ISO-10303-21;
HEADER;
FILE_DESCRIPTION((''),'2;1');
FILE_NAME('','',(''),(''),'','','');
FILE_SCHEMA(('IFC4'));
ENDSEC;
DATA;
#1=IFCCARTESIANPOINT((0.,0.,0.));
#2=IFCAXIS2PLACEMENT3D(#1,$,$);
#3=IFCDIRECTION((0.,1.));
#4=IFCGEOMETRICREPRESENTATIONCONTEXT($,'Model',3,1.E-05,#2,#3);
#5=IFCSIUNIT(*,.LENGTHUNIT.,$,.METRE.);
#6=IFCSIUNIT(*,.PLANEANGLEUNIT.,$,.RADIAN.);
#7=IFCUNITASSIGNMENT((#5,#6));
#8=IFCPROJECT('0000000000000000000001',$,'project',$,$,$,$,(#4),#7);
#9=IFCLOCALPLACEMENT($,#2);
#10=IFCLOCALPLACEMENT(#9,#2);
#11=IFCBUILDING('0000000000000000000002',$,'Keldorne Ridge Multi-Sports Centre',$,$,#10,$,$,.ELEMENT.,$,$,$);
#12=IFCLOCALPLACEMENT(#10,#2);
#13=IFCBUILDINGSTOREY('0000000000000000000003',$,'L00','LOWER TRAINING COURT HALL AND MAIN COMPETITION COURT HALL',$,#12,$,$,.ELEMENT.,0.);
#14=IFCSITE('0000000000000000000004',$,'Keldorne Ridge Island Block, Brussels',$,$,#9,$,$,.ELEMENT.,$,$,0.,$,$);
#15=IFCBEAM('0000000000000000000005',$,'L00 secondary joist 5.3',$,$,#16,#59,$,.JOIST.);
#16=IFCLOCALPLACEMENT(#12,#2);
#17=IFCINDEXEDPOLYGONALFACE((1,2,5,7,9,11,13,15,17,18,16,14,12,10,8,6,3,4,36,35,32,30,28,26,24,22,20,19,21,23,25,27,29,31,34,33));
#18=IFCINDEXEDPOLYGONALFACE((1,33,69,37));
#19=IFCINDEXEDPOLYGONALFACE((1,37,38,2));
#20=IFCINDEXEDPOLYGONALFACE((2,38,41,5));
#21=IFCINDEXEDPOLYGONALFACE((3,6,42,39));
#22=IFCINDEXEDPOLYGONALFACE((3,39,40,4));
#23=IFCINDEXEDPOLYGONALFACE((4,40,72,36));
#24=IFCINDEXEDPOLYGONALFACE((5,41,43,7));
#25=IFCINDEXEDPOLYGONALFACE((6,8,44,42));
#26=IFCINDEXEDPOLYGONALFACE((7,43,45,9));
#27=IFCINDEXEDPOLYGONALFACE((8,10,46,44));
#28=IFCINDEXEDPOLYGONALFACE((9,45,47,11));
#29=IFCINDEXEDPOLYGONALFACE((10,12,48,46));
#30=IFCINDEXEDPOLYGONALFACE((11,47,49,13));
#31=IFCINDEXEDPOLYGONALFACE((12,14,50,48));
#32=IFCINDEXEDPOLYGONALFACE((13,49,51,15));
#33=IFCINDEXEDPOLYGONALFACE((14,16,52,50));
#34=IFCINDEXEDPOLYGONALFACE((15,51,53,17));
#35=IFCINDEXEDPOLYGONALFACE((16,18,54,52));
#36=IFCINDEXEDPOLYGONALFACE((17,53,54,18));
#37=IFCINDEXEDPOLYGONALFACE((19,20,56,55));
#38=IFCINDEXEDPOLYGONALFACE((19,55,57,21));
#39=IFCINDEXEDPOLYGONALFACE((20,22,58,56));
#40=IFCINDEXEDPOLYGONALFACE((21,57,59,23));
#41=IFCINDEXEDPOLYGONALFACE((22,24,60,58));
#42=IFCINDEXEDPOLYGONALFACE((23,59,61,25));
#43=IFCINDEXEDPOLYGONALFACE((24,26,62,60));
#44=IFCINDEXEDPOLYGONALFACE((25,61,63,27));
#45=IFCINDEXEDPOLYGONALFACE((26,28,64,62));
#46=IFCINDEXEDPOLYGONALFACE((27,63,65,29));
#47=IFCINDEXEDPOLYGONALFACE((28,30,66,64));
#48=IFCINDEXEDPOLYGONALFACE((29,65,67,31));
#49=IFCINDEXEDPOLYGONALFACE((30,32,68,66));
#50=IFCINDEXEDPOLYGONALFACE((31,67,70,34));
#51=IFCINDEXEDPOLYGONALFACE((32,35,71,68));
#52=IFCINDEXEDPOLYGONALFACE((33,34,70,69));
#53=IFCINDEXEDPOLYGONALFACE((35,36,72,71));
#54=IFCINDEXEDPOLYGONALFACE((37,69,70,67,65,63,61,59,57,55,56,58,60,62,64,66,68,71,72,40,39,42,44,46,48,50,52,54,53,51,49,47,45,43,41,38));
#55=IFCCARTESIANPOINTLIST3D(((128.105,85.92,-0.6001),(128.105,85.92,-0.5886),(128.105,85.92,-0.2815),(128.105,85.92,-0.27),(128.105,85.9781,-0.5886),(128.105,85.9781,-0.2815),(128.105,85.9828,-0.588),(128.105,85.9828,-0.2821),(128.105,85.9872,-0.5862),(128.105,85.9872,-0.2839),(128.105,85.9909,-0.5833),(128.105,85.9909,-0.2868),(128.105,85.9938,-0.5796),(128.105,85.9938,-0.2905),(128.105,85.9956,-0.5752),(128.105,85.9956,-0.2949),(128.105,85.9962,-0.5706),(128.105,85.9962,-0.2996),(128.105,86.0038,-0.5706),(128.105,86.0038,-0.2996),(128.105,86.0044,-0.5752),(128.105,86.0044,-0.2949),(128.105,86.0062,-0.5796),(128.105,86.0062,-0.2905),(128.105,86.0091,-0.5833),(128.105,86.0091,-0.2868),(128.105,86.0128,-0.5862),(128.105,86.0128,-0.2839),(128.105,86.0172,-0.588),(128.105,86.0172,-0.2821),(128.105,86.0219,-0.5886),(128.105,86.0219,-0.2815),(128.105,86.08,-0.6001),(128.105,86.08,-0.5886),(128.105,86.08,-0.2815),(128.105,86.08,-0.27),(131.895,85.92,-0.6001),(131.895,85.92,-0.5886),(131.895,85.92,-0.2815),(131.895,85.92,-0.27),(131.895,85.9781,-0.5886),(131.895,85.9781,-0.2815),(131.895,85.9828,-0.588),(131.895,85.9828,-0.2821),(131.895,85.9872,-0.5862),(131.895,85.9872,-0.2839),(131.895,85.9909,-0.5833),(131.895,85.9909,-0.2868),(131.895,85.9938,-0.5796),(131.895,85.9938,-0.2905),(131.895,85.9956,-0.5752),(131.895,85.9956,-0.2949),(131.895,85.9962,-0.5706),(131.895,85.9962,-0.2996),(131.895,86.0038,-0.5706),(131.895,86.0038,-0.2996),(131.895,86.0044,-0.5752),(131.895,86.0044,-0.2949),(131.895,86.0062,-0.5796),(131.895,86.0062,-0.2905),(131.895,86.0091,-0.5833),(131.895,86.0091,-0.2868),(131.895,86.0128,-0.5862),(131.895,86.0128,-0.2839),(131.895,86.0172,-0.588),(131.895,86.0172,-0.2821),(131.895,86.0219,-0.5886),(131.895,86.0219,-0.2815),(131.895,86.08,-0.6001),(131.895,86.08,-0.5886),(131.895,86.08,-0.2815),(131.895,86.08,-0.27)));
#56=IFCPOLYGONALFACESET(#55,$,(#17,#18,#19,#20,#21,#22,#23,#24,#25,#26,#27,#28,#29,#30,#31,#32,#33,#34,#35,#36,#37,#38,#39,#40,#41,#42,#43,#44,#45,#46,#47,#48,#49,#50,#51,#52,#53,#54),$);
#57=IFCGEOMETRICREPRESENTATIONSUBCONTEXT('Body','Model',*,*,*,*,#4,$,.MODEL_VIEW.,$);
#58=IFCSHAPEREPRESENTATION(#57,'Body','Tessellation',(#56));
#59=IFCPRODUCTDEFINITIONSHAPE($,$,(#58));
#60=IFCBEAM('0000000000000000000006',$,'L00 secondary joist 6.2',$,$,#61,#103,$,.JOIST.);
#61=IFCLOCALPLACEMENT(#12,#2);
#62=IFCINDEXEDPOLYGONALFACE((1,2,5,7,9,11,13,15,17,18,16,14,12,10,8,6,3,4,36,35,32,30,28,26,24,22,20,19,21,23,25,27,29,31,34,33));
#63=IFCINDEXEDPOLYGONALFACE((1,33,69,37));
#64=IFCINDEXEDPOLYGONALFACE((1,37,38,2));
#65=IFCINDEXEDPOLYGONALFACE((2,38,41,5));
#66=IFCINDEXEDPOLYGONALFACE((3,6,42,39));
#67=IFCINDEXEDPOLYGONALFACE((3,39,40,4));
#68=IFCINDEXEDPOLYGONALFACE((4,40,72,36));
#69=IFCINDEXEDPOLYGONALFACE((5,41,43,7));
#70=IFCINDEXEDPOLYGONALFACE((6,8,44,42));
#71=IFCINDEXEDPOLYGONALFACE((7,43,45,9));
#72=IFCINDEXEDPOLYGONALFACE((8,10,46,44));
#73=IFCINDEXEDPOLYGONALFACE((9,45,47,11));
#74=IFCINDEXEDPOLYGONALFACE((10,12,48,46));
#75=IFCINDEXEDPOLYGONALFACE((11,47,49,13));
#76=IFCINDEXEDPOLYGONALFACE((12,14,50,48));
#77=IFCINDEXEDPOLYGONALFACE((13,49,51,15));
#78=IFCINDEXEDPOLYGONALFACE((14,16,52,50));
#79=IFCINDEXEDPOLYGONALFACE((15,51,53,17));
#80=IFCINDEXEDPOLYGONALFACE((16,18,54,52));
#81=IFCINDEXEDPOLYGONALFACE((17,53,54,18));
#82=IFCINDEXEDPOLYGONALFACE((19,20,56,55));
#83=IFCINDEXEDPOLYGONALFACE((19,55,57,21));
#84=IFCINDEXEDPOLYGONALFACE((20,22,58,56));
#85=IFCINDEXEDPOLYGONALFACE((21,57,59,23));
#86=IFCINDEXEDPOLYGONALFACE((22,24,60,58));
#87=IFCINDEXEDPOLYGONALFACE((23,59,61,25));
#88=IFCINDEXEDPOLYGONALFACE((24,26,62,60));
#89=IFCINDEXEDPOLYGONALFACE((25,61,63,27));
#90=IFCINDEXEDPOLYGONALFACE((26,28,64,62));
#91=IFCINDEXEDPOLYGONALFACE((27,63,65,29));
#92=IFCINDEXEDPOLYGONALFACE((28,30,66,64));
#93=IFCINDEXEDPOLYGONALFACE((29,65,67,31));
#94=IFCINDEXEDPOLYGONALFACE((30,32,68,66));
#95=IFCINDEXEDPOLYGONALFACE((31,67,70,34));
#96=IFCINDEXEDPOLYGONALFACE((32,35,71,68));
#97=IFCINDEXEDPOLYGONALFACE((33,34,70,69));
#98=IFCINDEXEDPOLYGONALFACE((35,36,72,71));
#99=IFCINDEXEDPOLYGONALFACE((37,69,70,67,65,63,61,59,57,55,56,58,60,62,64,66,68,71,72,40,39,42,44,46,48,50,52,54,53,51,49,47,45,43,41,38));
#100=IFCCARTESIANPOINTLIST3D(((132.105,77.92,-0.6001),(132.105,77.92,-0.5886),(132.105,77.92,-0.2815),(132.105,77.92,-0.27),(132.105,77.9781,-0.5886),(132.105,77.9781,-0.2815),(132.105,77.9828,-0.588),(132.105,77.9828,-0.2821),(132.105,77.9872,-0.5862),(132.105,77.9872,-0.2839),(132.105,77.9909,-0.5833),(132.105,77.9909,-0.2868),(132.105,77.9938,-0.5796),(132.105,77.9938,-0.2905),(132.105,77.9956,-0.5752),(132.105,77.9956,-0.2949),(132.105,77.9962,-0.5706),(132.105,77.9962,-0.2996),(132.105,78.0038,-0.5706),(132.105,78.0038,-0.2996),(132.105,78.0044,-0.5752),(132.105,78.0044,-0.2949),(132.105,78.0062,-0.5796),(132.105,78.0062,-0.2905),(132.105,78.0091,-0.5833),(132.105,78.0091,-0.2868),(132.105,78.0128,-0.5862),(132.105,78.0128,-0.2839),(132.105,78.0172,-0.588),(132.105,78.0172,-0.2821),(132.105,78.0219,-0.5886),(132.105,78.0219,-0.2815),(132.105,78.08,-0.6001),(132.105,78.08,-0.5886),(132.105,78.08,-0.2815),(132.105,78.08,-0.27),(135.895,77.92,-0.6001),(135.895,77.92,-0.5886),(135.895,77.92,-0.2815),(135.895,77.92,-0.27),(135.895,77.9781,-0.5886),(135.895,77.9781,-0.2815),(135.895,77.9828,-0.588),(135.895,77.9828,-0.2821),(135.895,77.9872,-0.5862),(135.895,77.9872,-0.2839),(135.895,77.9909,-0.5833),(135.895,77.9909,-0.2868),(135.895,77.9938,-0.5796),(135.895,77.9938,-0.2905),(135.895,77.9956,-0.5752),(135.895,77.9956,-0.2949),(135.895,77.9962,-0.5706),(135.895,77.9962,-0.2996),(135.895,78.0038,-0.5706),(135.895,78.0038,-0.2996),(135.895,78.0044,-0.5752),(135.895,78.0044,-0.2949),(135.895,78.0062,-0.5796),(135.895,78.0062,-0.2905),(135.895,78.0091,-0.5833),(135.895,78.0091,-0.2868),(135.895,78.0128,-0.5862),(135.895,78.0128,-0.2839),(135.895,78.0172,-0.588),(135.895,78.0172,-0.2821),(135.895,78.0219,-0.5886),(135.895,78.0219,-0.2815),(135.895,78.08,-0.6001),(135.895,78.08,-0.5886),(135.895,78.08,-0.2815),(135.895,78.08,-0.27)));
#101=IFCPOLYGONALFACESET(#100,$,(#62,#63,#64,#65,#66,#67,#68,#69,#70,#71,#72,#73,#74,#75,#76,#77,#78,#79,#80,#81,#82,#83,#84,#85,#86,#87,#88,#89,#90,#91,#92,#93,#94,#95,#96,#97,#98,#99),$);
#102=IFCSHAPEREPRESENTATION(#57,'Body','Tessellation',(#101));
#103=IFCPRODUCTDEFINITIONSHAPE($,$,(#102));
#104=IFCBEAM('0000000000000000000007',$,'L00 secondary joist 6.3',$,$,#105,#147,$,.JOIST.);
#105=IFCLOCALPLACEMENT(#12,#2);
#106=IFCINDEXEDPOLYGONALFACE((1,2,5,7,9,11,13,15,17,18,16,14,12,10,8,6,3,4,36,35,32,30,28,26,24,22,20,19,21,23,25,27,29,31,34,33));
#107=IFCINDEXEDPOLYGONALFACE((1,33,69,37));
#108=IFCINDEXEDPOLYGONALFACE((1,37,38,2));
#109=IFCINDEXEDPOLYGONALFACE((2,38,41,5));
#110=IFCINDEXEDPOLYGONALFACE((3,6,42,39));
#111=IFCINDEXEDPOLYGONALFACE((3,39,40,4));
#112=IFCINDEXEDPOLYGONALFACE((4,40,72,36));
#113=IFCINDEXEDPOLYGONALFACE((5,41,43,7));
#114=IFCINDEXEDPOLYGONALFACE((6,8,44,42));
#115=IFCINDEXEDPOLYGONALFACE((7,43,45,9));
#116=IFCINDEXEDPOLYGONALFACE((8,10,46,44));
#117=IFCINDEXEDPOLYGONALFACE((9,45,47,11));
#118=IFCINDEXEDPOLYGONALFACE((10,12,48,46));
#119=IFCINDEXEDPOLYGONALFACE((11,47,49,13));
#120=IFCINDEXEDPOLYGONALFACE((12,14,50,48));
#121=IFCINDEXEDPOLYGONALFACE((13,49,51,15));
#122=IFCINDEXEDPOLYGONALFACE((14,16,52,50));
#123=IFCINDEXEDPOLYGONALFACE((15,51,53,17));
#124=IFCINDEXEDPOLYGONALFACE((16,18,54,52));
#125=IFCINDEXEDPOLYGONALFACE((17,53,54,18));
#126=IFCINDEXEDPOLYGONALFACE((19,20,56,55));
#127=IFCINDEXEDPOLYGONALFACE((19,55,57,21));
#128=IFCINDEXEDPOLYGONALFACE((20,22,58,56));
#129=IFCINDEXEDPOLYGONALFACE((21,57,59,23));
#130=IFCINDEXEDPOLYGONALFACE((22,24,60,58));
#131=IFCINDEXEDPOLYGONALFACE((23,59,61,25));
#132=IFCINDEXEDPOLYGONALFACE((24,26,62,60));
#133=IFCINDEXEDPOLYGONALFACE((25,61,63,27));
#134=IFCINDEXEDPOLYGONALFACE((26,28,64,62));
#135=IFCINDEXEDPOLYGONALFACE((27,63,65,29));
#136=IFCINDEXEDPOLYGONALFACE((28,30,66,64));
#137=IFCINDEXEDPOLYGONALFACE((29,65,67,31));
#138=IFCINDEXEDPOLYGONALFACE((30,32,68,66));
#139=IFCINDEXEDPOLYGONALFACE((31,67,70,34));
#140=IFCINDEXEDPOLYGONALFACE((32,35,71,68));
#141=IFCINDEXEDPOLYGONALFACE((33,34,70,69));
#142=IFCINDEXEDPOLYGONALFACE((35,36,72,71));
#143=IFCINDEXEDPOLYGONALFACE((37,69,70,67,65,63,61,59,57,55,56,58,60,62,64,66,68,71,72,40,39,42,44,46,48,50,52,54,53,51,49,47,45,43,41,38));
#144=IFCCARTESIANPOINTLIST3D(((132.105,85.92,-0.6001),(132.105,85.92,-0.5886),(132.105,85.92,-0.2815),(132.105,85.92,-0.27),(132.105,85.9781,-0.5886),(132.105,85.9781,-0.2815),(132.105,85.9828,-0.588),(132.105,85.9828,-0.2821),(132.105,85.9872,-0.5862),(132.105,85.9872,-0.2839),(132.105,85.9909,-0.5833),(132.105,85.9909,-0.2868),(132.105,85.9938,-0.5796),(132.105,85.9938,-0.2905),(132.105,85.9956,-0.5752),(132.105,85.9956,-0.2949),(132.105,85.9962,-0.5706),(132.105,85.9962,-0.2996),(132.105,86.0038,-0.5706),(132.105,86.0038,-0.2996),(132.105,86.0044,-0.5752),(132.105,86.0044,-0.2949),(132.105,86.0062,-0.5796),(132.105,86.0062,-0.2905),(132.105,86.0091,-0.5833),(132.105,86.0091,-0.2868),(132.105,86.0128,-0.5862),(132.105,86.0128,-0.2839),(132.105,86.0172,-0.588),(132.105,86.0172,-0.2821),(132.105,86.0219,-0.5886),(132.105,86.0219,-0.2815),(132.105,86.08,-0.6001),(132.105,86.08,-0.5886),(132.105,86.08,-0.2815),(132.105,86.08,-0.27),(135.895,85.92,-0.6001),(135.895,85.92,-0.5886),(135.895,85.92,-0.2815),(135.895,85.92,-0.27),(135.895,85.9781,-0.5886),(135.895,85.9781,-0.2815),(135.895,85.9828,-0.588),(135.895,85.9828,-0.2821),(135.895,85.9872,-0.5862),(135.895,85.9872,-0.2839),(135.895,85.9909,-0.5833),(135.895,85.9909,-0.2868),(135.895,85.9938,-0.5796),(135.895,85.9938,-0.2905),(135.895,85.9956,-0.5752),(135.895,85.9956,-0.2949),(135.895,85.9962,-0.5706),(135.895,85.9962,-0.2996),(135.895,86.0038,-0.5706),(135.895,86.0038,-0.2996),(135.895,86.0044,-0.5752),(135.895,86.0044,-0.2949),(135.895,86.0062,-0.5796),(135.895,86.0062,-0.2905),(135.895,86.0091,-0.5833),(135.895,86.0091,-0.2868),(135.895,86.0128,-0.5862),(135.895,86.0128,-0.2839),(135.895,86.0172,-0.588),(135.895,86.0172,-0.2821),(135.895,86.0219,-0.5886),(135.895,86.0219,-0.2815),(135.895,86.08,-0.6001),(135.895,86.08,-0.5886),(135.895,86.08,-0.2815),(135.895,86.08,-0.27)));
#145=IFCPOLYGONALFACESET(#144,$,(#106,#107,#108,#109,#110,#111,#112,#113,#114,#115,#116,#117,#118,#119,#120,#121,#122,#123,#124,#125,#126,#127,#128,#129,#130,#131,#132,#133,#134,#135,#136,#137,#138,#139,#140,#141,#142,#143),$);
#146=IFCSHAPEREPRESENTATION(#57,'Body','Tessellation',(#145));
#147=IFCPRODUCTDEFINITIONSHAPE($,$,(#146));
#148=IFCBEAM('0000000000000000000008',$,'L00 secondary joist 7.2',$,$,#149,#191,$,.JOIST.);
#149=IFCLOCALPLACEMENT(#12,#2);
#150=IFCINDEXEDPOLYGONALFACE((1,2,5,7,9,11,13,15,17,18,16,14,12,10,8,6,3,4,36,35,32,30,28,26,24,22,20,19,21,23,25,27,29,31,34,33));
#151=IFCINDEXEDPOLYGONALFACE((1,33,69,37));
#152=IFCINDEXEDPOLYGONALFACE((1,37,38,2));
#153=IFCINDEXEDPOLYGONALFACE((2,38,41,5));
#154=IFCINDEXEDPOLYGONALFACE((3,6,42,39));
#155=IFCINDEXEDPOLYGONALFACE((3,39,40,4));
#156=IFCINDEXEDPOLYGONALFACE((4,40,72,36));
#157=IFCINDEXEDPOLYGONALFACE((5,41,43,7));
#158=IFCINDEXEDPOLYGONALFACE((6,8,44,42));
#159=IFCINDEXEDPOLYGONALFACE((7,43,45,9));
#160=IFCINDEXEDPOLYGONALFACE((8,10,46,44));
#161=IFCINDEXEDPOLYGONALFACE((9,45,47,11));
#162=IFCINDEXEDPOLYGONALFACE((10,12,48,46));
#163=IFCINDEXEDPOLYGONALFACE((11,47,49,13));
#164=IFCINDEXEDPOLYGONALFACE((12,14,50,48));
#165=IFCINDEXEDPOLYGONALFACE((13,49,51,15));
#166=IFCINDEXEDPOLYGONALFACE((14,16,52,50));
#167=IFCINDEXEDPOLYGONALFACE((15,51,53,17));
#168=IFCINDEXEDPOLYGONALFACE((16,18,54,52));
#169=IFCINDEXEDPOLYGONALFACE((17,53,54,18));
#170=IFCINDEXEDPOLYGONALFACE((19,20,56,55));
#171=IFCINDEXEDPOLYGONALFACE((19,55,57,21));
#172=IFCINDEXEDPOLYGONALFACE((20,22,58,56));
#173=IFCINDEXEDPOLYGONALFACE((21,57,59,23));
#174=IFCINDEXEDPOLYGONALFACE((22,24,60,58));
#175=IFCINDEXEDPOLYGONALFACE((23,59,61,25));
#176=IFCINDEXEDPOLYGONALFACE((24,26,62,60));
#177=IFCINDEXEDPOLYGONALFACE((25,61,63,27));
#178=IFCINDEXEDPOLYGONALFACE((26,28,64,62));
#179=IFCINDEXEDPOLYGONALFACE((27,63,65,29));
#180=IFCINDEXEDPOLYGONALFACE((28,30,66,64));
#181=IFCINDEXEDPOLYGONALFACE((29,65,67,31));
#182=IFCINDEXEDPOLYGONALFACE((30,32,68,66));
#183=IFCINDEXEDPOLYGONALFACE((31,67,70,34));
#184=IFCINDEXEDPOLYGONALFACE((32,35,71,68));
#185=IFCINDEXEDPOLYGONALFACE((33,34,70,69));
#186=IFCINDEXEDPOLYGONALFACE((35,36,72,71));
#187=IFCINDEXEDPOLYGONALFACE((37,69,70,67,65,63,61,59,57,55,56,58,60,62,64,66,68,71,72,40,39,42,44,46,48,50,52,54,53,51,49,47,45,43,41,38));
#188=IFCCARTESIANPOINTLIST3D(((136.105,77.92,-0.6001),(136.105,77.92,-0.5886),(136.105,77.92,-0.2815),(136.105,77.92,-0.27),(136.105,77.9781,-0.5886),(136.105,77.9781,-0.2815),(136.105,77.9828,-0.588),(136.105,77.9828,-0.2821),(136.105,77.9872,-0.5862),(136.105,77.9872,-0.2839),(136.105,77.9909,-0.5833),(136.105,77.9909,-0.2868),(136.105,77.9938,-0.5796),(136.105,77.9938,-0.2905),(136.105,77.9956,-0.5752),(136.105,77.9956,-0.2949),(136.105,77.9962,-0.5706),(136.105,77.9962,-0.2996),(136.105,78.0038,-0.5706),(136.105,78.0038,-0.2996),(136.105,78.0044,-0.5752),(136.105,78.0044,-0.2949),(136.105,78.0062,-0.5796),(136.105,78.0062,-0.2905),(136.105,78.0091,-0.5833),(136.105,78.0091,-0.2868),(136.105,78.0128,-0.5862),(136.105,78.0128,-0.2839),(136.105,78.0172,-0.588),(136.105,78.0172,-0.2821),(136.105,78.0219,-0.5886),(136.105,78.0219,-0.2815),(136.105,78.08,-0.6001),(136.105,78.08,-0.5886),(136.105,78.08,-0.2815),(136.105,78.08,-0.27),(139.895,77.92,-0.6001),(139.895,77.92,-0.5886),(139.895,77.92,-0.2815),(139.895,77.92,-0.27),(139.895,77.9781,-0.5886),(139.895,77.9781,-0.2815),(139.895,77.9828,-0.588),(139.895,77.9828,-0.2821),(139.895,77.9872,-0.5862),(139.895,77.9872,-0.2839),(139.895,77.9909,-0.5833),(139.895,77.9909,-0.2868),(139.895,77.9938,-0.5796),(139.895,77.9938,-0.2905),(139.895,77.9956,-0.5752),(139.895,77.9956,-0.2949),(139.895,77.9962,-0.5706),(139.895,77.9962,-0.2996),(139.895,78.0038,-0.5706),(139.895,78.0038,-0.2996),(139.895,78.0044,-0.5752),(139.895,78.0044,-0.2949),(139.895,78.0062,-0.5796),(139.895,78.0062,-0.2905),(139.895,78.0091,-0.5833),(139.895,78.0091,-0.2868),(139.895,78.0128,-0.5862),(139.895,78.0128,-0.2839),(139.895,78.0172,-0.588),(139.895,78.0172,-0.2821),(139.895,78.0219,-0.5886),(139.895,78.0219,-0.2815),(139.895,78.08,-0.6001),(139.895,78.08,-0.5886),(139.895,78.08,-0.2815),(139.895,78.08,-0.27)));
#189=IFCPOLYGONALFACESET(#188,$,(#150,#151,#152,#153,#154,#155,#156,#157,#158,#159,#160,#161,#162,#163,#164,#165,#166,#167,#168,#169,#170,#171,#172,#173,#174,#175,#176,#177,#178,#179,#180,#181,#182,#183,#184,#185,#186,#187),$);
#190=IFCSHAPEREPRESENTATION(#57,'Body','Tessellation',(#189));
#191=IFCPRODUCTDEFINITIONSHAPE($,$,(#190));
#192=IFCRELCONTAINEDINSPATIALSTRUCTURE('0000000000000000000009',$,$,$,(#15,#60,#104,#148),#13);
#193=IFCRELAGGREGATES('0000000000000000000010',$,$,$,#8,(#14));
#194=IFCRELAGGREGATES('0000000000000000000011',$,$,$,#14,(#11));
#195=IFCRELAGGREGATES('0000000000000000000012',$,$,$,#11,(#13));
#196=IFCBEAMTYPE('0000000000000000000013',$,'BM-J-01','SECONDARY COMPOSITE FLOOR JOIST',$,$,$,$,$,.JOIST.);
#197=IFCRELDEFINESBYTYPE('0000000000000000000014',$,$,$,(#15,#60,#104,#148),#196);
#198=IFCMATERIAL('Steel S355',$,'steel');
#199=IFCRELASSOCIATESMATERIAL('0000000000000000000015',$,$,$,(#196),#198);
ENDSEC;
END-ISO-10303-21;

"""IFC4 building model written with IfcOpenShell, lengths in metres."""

from ifc_helpers import new_model, si_unit, direction, frame, origin, origin_2d, place, context, subcontext, project, spatial, i_section, extrude, material, material_profile, profile_set, type_object, element, save


model = new_model("IFC4")

# Units and contexts
model_context = context("Model", 3, precision=1e-05, world=origin(), true_north=direction((0.0, 1.0)))
body_context = subcontext(model_context, "Body", "Model", "MODEL_VIEW")
ifc_project = project(units=[si_unit("LENGTHUNIT", "METRE"), si_unit("PLANEANGLEUNIT", "RADIAN")], contexts=[model_context])

# Site, building, storey
site_placement = place(None, origin())
site = spatial("IfcSite", under=ifc_project, at=site_placement, Name="Keldorne Ridge Island Block, Brussels", CompositionType="ELEMENT", RefElevation=0.0)
building_placement = place(site_placement, origin())
building = spatial("IfcBuilding", under=site, at=building_placement, Name="Keldorne Ridge Multi-Sports Centre", CompositionType="ELEMENT")
storey_placement = place(building_placement, origin())
storey = spatial("IfcBuildingStorey", under=building, at=storey_placement, Name="L00", Description="LOWER TRAINING COURT HALL AND MAIN COMPETITION COURT HALL", CompositionType="ELEMENT", Elevation=0.0)

# Shared definitions
ifc_material_1 = material(Name="Steel S355", Category="steel")

# Beams
ifc_material_profile_1 = material_profile(ifc_material_1, i_section(OverallWidth=0.1599, OverallDepth=0.3301, WebThickness=0.0076, FlangeThickness=0.0115, FilletRadius=0.0181, at=origin_2d()), Name="IPE 330")
ifc_profile_set_1 = profile_set([ifc_material_profile_1], Name="Steel S355")
beam_type_1 = type_object("IfcBeamType", Name="BM-J-01", Description="SECONDARY COMPOSITE FLOOR JOIST", PredefinedType="JOIST", material=ifc_profile_set_1)
for number, where, z_axis, x_axis, name in (
    (1, (128.105, 86.0, -0.4351), (1.0, 0.0, 0.0), (0.0, 1.0, 0.0), "L00 secondary joist 5.3"),
    (2, (132.105, 78.0, -0.4351), (1.0, 0.0, 0.0), (0.0, 1.0, 0.0), "L00 secondary joist 6.2"),
    (3, (132.105, 86.0, -0.4351), (1.0, 0.0, 0.0), (0.0, 1.0, 0.0), "L00 secondary joist 6.3"),
    (4, (136.105, 78.0, -0.4351), (1.0, 0.0, 0.0), (0.0, 1.0, 0.0), "L00 secondary joist 7.2"),
):
    element("IfcBeam", number, at=place(storey_placement, frame(where, z_axis=z_axis, x_axis=x_axis)), inside=storey, type_object=beam_type_1, Name=name, PredefinedType="JOIST", context=body_context, shape_type="SweptSolid", body=[
        extrude(i_section(OverallWidth=0.1599, OverallDepth=0.3301, WebThickness=0.0076, FlangeThickness=0.0115, FilletRadius=0.0181, at=origin_2d()), origin(), (0.0, 0.0, 1.0), 3.79),
    ])

save(model, "model.ifc")
